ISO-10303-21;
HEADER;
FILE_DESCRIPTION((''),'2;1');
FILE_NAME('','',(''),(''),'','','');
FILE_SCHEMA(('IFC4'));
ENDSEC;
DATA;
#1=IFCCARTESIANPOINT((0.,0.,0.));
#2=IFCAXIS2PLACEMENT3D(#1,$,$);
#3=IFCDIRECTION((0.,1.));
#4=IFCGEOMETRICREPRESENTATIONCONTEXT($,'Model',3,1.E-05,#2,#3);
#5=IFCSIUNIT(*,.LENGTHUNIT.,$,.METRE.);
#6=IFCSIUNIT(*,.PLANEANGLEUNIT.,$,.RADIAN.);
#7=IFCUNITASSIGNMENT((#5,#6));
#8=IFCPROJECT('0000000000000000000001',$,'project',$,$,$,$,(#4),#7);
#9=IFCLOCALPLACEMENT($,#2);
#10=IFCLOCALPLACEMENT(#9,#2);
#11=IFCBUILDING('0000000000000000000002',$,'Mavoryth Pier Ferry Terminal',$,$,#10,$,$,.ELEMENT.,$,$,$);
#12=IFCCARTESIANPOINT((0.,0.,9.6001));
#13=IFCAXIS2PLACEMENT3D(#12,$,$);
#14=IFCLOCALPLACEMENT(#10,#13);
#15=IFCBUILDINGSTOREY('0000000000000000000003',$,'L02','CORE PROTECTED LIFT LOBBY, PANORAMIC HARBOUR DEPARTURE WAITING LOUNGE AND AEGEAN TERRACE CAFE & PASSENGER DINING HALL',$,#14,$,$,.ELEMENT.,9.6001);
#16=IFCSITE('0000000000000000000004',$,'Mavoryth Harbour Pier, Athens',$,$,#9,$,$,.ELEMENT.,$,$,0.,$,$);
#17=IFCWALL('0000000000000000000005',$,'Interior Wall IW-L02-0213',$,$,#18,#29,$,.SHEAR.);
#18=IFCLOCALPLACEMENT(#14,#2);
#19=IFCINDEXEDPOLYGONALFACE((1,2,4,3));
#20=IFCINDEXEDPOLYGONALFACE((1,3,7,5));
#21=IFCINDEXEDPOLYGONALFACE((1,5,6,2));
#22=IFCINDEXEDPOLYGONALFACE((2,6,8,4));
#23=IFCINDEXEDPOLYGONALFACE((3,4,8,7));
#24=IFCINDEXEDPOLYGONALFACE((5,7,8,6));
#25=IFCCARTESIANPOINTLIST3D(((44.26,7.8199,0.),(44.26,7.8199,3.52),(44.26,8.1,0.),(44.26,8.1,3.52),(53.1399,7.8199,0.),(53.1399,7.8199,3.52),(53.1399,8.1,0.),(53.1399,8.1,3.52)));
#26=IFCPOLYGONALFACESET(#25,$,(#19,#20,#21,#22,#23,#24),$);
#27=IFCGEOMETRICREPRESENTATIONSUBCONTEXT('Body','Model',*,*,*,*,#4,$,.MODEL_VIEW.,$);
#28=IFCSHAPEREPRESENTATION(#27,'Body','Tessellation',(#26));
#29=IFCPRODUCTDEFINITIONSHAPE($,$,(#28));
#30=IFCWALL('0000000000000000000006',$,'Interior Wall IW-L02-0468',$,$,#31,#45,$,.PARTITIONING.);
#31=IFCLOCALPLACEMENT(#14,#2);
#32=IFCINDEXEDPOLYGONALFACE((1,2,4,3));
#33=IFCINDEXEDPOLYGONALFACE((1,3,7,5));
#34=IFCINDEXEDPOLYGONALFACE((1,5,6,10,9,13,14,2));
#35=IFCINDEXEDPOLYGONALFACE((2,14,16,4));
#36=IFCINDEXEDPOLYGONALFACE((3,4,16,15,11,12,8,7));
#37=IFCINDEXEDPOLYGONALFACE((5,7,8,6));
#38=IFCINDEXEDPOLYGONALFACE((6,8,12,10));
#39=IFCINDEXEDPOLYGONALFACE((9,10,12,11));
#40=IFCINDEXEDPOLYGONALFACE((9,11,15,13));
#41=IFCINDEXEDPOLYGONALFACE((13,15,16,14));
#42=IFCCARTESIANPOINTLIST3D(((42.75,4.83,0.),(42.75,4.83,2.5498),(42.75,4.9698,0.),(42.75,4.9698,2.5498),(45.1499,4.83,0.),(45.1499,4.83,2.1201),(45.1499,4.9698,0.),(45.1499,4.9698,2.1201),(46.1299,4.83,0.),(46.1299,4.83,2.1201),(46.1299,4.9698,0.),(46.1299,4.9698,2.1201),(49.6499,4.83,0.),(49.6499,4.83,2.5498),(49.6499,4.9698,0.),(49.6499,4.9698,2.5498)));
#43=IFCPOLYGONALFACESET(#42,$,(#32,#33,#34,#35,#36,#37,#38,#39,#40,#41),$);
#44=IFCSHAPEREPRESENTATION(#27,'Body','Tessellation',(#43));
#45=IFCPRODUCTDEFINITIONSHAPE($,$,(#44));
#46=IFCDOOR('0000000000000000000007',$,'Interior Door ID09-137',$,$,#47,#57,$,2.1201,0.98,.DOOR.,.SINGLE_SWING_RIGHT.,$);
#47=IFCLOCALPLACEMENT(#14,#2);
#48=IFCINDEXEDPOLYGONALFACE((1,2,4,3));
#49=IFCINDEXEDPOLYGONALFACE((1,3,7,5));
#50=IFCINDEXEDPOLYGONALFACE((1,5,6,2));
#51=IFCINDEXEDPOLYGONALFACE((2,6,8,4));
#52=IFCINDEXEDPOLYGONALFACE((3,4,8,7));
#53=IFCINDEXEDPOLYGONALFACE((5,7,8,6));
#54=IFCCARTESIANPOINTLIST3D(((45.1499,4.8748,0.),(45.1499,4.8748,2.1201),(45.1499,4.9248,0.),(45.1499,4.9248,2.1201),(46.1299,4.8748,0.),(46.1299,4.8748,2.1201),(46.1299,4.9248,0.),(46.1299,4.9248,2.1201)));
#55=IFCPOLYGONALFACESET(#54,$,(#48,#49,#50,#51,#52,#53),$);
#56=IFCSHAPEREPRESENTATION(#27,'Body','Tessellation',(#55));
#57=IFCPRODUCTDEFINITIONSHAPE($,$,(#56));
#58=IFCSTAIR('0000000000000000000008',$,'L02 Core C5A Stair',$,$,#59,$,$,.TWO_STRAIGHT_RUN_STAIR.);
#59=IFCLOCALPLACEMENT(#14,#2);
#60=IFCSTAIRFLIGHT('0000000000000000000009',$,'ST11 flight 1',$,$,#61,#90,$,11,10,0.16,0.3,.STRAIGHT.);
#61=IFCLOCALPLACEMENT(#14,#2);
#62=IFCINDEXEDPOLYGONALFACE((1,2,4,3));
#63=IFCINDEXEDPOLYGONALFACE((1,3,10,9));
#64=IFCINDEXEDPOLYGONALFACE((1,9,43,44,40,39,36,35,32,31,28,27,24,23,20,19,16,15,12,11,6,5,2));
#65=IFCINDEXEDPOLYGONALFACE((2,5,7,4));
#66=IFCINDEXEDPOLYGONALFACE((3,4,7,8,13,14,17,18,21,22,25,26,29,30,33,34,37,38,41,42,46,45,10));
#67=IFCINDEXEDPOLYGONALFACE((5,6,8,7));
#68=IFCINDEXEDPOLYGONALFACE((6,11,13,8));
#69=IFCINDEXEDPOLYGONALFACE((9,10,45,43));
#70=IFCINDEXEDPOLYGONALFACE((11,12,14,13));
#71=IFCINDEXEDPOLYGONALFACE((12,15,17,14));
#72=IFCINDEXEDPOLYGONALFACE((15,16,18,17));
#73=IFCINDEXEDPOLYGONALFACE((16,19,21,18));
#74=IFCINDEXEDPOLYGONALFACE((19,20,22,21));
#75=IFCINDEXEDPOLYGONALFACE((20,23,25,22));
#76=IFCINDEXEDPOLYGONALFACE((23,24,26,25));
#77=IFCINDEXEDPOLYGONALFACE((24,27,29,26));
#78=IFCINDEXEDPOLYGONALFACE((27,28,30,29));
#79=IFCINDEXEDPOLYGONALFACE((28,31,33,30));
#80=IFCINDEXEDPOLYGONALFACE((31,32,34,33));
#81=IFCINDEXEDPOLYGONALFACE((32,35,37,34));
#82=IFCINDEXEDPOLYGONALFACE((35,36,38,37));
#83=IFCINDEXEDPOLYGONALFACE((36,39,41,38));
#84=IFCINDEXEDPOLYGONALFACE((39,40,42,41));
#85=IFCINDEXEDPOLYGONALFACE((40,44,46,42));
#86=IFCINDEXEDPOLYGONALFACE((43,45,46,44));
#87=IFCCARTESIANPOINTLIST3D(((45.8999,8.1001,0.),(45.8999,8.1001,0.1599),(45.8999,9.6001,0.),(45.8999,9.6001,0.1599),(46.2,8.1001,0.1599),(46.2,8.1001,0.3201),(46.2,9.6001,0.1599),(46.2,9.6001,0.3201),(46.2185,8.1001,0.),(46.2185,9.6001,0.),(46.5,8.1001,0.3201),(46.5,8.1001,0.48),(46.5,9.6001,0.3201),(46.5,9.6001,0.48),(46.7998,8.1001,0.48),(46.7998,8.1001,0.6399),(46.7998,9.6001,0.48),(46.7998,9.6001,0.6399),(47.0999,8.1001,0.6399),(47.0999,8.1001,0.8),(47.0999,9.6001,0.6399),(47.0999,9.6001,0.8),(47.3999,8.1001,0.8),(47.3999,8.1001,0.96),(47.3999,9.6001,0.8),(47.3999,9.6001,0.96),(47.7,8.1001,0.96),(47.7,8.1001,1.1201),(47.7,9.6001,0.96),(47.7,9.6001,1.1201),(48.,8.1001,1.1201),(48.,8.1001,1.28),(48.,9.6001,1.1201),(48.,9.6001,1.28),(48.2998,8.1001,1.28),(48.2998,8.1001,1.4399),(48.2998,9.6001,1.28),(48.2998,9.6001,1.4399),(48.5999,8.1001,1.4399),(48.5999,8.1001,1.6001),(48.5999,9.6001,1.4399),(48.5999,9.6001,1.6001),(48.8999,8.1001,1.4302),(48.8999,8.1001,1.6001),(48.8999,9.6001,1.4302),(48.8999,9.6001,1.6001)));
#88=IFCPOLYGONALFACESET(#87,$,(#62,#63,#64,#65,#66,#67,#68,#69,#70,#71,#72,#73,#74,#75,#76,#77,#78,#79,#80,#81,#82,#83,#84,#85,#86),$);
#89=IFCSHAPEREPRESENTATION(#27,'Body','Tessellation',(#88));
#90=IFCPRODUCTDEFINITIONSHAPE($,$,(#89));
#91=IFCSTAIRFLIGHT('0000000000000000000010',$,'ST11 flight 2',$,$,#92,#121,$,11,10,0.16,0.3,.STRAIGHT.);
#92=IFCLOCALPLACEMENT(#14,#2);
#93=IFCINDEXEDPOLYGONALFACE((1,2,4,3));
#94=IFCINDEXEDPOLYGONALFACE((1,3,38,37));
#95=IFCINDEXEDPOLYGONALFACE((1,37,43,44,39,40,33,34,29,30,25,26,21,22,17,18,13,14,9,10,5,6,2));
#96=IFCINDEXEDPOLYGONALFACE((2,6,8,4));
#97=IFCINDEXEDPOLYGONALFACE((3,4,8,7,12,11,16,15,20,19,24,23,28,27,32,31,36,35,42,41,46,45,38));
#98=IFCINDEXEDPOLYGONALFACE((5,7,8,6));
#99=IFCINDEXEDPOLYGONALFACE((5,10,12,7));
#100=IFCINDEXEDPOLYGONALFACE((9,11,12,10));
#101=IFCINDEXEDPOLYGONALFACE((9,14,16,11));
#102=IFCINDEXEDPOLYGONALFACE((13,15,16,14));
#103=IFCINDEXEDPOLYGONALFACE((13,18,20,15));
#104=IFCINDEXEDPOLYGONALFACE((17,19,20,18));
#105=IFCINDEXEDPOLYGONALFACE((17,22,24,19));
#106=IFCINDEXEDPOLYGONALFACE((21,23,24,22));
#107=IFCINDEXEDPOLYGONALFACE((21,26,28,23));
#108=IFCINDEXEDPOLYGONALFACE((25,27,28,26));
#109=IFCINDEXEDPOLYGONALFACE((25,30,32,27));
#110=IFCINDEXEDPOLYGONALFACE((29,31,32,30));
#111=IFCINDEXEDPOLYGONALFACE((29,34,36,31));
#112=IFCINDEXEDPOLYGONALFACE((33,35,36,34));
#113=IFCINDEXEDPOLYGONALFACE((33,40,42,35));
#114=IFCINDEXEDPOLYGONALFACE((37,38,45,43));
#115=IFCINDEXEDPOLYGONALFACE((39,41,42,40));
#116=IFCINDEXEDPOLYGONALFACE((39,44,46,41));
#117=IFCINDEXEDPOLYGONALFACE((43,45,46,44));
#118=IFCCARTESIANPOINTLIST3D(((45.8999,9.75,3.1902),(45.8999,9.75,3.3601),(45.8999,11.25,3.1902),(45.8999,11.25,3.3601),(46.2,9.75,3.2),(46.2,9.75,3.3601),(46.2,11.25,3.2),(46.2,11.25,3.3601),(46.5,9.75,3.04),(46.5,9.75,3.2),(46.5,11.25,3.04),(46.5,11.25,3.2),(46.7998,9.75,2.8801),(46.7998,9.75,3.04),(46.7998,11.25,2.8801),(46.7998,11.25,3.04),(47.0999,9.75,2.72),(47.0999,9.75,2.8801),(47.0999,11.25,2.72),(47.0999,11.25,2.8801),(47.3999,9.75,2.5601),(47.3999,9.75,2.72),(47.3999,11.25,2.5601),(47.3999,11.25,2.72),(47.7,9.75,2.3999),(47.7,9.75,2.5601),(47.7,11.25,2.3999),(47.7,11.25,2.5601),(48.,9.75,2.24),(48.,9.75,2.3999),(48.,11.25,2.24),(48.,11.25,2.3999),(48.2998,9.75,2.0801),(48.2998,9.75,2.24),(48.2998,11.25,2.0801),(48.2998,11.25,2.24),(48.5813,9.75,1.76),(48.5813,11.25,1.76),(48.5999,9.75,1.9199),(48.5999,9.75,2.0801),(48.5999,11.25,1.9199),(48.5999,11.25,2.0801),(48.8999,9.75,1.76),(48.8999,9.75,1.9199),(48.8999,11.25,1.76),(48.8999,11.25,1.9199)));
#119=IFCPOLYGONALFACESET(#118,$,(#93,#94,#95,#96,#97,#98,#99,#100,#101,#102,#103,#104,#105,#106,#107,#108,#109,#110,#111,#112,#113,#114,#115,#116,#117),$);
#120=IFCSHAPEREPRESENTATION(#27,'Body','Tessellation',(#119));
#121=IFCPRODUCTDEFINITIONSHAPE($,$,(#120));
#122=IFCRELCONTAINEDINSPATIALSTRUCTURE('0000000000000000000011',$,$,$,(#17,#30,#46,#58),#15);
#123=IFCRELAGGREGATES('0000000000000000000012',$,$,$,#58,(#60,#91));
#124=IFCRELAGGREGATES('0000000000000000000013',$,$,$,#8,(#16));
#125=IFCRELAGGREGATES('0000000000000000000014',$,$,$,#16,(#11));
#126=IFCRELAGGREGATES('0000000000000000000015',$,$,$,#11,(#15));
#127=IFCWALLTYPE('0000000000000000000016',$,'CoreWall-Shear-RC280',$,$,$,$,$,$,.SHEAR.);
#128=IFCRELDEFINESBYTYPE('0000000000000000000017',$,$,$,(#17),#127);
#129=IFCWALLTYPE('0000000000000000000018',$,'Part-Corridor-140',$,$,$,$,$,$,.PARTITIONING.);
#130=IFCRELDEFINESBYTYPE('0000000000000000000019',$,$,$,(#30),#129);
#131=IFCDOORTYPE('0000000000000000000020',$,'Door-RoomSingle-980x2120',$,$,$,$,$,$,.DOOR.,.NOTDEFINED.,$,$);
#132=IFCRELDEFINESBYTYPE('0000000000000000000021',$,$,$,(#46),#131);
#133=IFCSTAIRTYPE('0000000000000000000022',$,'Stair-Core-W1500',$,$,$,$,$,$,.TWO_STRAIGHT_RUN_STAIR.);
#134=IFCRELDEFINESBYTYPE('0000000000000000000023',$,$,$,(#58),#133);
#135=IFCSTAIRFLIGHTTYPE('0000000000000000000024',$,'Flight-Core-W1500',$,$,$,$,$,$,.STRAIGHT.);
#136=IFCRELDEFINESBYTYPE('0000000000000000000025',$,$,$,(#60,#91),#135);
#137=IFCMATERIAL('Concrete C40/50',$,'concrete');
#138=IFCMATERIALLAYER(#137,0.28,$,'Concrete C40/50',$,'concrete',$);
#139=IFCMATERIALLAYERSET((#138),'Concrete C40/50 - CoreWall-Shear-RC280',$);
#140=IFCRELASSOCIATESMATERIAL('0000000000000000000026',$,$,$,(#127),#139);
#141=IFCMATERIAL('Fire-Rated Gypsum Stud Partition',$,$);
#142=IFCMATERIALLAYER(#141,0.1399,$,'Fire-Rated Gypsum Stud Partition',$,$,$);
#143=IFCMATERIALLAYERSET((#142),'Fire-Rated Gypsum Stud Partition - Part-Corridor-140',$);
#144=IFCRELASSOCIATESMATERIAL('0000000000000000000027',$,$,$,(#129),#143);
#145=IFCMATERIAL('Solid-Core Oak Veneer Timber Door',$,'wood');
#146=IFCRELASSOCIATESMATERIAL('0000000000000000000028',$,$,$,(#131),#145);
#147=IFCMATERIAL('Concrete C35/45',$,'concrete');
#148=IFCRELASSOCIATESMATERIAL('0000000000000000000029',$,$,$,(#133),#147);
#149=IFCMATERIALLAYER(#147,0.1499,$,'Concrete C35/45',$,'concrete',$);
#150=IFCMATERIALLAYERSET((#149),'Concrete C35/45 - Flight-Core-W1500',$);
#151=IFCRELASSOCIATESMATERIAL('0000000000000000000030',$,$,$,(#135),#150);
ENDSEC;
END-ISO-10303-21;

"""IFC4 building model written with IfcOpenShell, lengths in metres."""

from ifc_helpers import new_model, si_unit, direction, frame, frame_2d, origin, place, context, subcontext, project, spatial, polyline, rectangle, outline, extrude, material, layer, layer_set, type_object, element, fill, aggregate, save


model = new_model("IFC4")

# Units and contexts
model_context = context("Model", 3, precision=1e-05, world=origin(), true_north=direction((0.0, 1.0)))
body_context = subcontext(model_context, "Body", "Model", "MODEL_VIEW")
ifc_project = project(units=[si_unit("LENGTHUNIT", "METRE"), si_unit("PLANEANGLEUNIT", "RADIAN")], contexts=[model_context])

# Site, building, storey
site_placement = place(None, origin())
site = spatial("IfcSite", under=ifc_project, at=site_placement, Name="Mavoryth Harbour Pier, Athens", CompositionType="ELEMENT", RefElevation=0.0)
building_placement = place(site_placement, origin())
building = spatial("IfcBuilding", under=site, at=building_placement, Name="Mavoryth Pier Ferry Terminal", CompositionType="ELEMENT")
storey_placement = place(building_placement, frame((0.0, 0.0, 9.6001)))
storey = spatial("IfcBuildingStorey", under=building, at=storey_placement, Name="L02", Description="CORE PROTECTED LIFT LOBBY, PANORAMIC HARBOUR DEPARTURE WAITING LOUNGE AND AEGEAN TERRACE CAFE & PASSENGER DINING HALL", CompositionType="ELEMENT", Elevation=9.6001)

# Shared definitions
ifc_material_1 = material(Name="Concrete C40/50", Category="concrete")

# Shared definitions
ifc_material_2 = material(Name="Concrete C35/45", Category="concrete")

# Wall
ifc_layer_1 = layer(ifc_material_1, 0.28, Name="Concrete C40/50", Category="concrete")
ifc_layer_set_1 = layer_set([ifc_layer_1], Name="Concrete C40/50 - CoreWall-Shear-RC280")
wall_type_1 = type_object("IfcWallType", Name="CoreWall-Shear-RC280", PredefinedType="SHEAR", material=ifc_layer_set_1)
wall_1_placement = place(storey_placement, frame((44.26, 7.96, 0.0), z_axis=(0.0, 0.0, 1.0), x_axis=(1.0, 0.0, 0.0)))
element("IfcWall", 1, at=wall_1_placement, inside=storey, type_object=wall_type_1, Name="Interior Wall IW-L02-0213", PredefinedType="SHEAR", context=body_context, shape_type="SweptSolid", body=[
    extrude(rectangle(XDim=8.8799, YDim=0.28, at=frame_2d((4.4399, 0.0))), origin(), (0.0, 0.0, 1.0), 3.52),
])

# Wall, opening, door
ifc_material_3 = material(Name="Fire-Rated Gypsum Stud Partition")
ifc_layer_2 = layer(ifc_material_3, 0.1399, Name="Fire-Rated Gypsum Stud Partition")
ifc_layer_set_2 = layer_set([ifc_layer_2], Name="Fire-Rated Gypsum Stud Partition - Part-Corridor-140")
wall_type_2 = type_object("IfcWallType", Name="Part-Corridor-140", PredefinedType="PARTITIONING", material=ifc_layer_set_2)
wall_2_placement = place(storey_placement, frame((42.75, 4.8999, 0.0), z_axis=(0.0, 0.0, 1.0), x_axis=(1.0, 0.0, 0.0)))
wall_2 = element("IfcWall", 2, at=wall_2_placement, inside=storey, type_object=wall_type_2, Name="Interior Wall IW-L02-0468", PredefinedType="PARTITIONING", context=body_context, shape_type="SweptSolid", body=[
    extrude(rectangle(XDim=6.8999, YDim=0.1399, at=frame_2d((3.45, 0.0))), origin(), (0.0, 0.0, 1.0), 2.5498),
])
opening_placement = place(wall_2_placement, frame((2.3999, 0.0, 0.0)))
opening = element("IfcOpeningElement", 3, at=opening_placement, cuts=wall_2, PredefinedType="OPENING", context=body_context, shape_type="SweptSolid", body=[
    extrude(rectangle(XDim=0.98, YDim=2.1201, at=frame_2d((0.49, 1.0601))), frame((0.0, 0.0798, 0.0), z_axis=(0.0, -1.0, 0.0), x_axis=(1.0, 0.0, 0.0)), (0.0, 0.0, 1.0), 0.1599),
])
ifc_material_4 = material(Name="Solid-Core Oak Veneer Timber Door", Category="wood")
door_type = type_object("IfcDoorType", Name="Door-RoomSingle-980x2120", OperationType="NOTDEFINED", PredefinedType="DOOR", material=ifc_material_4)
door_placement = place(opening_placement, origin())
door = element("IfcDoor", 4, at=door_placement, inside=storey, type_object=door_type, Name="Interior Door ID09-137", OperationType="SINGLE_SWING_RIGHT", OverallHeight=2.1201, OverallWidth=0.98, PredefinedType="DOOR", context=body_context, shape_type="SweptSolid", body=[
    extrude(rectangle(XDim=0.98, YDim=2.1201, at=frame_2d((0.49, 1.0601))), frame((0.0, 0.0249, 0.0), z_axis=(0.0, -1.0, 0.0), x_axis=(1.0, 0.0, 0.0)), (0.0, 0.0, 1.0), 0.05),
])
fill(opening, door)

# Stair, stair flights
stair_type = type_object("IfcStairType", Name="Stair-Core-W1500", PredefinedType="TWO_STRAIGHT_RUN_STAIR", material=ifc_material_2)
stair_placement = place(storey_placement, origin())
stair = element("IfcStair", 5, at=stair_placement, inside=storey, type_object=stair_type, Name="L02 Core C5A Stair", PredefinedType="TWO_STRAIGHT_RUN_STAIR")
ifc_layer_3 = layer(ifc_material_2, 0.1499, Name="Concrete C35/45", Category="concrete")
ifc_layer_set_3 = layer_set([ifc_layer_3], Name="Concrete C35/45 - Flight-Core-W1500")
stair_flight_type = type_object("IfcStairFlightType", Name="Flight-Core-W1500", PredefinedType="STRAIGHT", material=ifc_layer_set_3)
stair_flight_1_placement = place(storey_placement, frame((45.8999, 8.8501, 0.0), z_axis=(0.0, 0.0, 1.0), x_axis=(1.0, 0.0, 0.0)))
stair_flight_1 = element("IfcStairFlight", 6, at=stair_flight_1_placement, type_object=stair_flight_type, Name="ST11 flight 1", NumberOfRisers=11, NumberOfTreads=10, PredefinedType="STRAIGHT", RiserHeight=0.16, TreadLength=0.3, context=body_context, shape_type="SweptSolid", body=[
    extrude(outline(polyline([(0.0, 0.0), (0.0, 0.1599), (0.3, 0.1599), (0.3, 0.3201), (0.6001, 0.3201), (0.6001, 0.48), (0.8999, 0.48), (0.8999, 0.6399), (1.2, 0.6399), (1.2, 0.8), (1.5, 0.8), (1.5, 0.96), (1.8, 0.96), (1.8, 1.1201), (2.1001, 1.1201), (2.1001, 1.28), (2.3999, 1.28), (2.3999, 1.4399), (2.7, 1.4399), (2.7, 1.6001), (3.0, 1.6001), (3.0, 1.76), (3.0, 1.4302), (0.3186, 0.0), (0.0, 0.0)])), frame((0.0, 0.75, 0.0), z_axis=(0.0, -1.0, 0.0), x_axis=(1.0, 0.0, 0.0)), (0.0, 0.0, 1.0), 1.5),
])
stair_flight_2_placement = place(storey_placement, frame((48.8999, 10.5, 1.76), z_axis=(0.0, 0.0, 1.0), x_axis=(-1.0, 0.0, 0.0)))
stair_flight_2 = element("IfcStairFlight", 7, at=stair_flight_2_placement, type_object=stair_flight_type, Name="ST11 flight 2", NumberOfRisers=11, NumberOfTreads=10, PredefinedType="STRAIGHT", RiserHeight=0.16, TreadLength=0.3, context=body_context, shape_type="SweptSolid", body=[
    extrude(outline(polyline([(0.0, 0.0), (0.0, 0.1599), (0.3, 0.1599), (0.3, 0.3201), (0.6001, 0.3201), (0.6001, 0.48), (0.8999, 0.48), (0.8999, 0.6399), (1.2, 0.6399), (1.2, 0.8), (1.5, 0.8), (1.5, 0.96), (1.8, 0.96), (1.8, 1.1201), (2.1001, 1.1201), (2.1001, 1.28), (2.3999, 1.28), (2.3999, 1.4399), (2.7, 1.4399), (2.7, 1.6001), (3.0, 1.6001), (3.0, 1.76), (3.0, 1.4302), (0.3186, 0.0), (0.0, 0.0)])), frame((0.0, 0.75, 0.0), z_axis=(0.0, -1.0, 0.0), x_axis=(1.0, 0.0, 0.0)), (0.0, 0.0, 1.0), 1.5),
])
aggregate(stair, [stair_flight_1, stair_flight_2])

save(model, "model.ifc")
